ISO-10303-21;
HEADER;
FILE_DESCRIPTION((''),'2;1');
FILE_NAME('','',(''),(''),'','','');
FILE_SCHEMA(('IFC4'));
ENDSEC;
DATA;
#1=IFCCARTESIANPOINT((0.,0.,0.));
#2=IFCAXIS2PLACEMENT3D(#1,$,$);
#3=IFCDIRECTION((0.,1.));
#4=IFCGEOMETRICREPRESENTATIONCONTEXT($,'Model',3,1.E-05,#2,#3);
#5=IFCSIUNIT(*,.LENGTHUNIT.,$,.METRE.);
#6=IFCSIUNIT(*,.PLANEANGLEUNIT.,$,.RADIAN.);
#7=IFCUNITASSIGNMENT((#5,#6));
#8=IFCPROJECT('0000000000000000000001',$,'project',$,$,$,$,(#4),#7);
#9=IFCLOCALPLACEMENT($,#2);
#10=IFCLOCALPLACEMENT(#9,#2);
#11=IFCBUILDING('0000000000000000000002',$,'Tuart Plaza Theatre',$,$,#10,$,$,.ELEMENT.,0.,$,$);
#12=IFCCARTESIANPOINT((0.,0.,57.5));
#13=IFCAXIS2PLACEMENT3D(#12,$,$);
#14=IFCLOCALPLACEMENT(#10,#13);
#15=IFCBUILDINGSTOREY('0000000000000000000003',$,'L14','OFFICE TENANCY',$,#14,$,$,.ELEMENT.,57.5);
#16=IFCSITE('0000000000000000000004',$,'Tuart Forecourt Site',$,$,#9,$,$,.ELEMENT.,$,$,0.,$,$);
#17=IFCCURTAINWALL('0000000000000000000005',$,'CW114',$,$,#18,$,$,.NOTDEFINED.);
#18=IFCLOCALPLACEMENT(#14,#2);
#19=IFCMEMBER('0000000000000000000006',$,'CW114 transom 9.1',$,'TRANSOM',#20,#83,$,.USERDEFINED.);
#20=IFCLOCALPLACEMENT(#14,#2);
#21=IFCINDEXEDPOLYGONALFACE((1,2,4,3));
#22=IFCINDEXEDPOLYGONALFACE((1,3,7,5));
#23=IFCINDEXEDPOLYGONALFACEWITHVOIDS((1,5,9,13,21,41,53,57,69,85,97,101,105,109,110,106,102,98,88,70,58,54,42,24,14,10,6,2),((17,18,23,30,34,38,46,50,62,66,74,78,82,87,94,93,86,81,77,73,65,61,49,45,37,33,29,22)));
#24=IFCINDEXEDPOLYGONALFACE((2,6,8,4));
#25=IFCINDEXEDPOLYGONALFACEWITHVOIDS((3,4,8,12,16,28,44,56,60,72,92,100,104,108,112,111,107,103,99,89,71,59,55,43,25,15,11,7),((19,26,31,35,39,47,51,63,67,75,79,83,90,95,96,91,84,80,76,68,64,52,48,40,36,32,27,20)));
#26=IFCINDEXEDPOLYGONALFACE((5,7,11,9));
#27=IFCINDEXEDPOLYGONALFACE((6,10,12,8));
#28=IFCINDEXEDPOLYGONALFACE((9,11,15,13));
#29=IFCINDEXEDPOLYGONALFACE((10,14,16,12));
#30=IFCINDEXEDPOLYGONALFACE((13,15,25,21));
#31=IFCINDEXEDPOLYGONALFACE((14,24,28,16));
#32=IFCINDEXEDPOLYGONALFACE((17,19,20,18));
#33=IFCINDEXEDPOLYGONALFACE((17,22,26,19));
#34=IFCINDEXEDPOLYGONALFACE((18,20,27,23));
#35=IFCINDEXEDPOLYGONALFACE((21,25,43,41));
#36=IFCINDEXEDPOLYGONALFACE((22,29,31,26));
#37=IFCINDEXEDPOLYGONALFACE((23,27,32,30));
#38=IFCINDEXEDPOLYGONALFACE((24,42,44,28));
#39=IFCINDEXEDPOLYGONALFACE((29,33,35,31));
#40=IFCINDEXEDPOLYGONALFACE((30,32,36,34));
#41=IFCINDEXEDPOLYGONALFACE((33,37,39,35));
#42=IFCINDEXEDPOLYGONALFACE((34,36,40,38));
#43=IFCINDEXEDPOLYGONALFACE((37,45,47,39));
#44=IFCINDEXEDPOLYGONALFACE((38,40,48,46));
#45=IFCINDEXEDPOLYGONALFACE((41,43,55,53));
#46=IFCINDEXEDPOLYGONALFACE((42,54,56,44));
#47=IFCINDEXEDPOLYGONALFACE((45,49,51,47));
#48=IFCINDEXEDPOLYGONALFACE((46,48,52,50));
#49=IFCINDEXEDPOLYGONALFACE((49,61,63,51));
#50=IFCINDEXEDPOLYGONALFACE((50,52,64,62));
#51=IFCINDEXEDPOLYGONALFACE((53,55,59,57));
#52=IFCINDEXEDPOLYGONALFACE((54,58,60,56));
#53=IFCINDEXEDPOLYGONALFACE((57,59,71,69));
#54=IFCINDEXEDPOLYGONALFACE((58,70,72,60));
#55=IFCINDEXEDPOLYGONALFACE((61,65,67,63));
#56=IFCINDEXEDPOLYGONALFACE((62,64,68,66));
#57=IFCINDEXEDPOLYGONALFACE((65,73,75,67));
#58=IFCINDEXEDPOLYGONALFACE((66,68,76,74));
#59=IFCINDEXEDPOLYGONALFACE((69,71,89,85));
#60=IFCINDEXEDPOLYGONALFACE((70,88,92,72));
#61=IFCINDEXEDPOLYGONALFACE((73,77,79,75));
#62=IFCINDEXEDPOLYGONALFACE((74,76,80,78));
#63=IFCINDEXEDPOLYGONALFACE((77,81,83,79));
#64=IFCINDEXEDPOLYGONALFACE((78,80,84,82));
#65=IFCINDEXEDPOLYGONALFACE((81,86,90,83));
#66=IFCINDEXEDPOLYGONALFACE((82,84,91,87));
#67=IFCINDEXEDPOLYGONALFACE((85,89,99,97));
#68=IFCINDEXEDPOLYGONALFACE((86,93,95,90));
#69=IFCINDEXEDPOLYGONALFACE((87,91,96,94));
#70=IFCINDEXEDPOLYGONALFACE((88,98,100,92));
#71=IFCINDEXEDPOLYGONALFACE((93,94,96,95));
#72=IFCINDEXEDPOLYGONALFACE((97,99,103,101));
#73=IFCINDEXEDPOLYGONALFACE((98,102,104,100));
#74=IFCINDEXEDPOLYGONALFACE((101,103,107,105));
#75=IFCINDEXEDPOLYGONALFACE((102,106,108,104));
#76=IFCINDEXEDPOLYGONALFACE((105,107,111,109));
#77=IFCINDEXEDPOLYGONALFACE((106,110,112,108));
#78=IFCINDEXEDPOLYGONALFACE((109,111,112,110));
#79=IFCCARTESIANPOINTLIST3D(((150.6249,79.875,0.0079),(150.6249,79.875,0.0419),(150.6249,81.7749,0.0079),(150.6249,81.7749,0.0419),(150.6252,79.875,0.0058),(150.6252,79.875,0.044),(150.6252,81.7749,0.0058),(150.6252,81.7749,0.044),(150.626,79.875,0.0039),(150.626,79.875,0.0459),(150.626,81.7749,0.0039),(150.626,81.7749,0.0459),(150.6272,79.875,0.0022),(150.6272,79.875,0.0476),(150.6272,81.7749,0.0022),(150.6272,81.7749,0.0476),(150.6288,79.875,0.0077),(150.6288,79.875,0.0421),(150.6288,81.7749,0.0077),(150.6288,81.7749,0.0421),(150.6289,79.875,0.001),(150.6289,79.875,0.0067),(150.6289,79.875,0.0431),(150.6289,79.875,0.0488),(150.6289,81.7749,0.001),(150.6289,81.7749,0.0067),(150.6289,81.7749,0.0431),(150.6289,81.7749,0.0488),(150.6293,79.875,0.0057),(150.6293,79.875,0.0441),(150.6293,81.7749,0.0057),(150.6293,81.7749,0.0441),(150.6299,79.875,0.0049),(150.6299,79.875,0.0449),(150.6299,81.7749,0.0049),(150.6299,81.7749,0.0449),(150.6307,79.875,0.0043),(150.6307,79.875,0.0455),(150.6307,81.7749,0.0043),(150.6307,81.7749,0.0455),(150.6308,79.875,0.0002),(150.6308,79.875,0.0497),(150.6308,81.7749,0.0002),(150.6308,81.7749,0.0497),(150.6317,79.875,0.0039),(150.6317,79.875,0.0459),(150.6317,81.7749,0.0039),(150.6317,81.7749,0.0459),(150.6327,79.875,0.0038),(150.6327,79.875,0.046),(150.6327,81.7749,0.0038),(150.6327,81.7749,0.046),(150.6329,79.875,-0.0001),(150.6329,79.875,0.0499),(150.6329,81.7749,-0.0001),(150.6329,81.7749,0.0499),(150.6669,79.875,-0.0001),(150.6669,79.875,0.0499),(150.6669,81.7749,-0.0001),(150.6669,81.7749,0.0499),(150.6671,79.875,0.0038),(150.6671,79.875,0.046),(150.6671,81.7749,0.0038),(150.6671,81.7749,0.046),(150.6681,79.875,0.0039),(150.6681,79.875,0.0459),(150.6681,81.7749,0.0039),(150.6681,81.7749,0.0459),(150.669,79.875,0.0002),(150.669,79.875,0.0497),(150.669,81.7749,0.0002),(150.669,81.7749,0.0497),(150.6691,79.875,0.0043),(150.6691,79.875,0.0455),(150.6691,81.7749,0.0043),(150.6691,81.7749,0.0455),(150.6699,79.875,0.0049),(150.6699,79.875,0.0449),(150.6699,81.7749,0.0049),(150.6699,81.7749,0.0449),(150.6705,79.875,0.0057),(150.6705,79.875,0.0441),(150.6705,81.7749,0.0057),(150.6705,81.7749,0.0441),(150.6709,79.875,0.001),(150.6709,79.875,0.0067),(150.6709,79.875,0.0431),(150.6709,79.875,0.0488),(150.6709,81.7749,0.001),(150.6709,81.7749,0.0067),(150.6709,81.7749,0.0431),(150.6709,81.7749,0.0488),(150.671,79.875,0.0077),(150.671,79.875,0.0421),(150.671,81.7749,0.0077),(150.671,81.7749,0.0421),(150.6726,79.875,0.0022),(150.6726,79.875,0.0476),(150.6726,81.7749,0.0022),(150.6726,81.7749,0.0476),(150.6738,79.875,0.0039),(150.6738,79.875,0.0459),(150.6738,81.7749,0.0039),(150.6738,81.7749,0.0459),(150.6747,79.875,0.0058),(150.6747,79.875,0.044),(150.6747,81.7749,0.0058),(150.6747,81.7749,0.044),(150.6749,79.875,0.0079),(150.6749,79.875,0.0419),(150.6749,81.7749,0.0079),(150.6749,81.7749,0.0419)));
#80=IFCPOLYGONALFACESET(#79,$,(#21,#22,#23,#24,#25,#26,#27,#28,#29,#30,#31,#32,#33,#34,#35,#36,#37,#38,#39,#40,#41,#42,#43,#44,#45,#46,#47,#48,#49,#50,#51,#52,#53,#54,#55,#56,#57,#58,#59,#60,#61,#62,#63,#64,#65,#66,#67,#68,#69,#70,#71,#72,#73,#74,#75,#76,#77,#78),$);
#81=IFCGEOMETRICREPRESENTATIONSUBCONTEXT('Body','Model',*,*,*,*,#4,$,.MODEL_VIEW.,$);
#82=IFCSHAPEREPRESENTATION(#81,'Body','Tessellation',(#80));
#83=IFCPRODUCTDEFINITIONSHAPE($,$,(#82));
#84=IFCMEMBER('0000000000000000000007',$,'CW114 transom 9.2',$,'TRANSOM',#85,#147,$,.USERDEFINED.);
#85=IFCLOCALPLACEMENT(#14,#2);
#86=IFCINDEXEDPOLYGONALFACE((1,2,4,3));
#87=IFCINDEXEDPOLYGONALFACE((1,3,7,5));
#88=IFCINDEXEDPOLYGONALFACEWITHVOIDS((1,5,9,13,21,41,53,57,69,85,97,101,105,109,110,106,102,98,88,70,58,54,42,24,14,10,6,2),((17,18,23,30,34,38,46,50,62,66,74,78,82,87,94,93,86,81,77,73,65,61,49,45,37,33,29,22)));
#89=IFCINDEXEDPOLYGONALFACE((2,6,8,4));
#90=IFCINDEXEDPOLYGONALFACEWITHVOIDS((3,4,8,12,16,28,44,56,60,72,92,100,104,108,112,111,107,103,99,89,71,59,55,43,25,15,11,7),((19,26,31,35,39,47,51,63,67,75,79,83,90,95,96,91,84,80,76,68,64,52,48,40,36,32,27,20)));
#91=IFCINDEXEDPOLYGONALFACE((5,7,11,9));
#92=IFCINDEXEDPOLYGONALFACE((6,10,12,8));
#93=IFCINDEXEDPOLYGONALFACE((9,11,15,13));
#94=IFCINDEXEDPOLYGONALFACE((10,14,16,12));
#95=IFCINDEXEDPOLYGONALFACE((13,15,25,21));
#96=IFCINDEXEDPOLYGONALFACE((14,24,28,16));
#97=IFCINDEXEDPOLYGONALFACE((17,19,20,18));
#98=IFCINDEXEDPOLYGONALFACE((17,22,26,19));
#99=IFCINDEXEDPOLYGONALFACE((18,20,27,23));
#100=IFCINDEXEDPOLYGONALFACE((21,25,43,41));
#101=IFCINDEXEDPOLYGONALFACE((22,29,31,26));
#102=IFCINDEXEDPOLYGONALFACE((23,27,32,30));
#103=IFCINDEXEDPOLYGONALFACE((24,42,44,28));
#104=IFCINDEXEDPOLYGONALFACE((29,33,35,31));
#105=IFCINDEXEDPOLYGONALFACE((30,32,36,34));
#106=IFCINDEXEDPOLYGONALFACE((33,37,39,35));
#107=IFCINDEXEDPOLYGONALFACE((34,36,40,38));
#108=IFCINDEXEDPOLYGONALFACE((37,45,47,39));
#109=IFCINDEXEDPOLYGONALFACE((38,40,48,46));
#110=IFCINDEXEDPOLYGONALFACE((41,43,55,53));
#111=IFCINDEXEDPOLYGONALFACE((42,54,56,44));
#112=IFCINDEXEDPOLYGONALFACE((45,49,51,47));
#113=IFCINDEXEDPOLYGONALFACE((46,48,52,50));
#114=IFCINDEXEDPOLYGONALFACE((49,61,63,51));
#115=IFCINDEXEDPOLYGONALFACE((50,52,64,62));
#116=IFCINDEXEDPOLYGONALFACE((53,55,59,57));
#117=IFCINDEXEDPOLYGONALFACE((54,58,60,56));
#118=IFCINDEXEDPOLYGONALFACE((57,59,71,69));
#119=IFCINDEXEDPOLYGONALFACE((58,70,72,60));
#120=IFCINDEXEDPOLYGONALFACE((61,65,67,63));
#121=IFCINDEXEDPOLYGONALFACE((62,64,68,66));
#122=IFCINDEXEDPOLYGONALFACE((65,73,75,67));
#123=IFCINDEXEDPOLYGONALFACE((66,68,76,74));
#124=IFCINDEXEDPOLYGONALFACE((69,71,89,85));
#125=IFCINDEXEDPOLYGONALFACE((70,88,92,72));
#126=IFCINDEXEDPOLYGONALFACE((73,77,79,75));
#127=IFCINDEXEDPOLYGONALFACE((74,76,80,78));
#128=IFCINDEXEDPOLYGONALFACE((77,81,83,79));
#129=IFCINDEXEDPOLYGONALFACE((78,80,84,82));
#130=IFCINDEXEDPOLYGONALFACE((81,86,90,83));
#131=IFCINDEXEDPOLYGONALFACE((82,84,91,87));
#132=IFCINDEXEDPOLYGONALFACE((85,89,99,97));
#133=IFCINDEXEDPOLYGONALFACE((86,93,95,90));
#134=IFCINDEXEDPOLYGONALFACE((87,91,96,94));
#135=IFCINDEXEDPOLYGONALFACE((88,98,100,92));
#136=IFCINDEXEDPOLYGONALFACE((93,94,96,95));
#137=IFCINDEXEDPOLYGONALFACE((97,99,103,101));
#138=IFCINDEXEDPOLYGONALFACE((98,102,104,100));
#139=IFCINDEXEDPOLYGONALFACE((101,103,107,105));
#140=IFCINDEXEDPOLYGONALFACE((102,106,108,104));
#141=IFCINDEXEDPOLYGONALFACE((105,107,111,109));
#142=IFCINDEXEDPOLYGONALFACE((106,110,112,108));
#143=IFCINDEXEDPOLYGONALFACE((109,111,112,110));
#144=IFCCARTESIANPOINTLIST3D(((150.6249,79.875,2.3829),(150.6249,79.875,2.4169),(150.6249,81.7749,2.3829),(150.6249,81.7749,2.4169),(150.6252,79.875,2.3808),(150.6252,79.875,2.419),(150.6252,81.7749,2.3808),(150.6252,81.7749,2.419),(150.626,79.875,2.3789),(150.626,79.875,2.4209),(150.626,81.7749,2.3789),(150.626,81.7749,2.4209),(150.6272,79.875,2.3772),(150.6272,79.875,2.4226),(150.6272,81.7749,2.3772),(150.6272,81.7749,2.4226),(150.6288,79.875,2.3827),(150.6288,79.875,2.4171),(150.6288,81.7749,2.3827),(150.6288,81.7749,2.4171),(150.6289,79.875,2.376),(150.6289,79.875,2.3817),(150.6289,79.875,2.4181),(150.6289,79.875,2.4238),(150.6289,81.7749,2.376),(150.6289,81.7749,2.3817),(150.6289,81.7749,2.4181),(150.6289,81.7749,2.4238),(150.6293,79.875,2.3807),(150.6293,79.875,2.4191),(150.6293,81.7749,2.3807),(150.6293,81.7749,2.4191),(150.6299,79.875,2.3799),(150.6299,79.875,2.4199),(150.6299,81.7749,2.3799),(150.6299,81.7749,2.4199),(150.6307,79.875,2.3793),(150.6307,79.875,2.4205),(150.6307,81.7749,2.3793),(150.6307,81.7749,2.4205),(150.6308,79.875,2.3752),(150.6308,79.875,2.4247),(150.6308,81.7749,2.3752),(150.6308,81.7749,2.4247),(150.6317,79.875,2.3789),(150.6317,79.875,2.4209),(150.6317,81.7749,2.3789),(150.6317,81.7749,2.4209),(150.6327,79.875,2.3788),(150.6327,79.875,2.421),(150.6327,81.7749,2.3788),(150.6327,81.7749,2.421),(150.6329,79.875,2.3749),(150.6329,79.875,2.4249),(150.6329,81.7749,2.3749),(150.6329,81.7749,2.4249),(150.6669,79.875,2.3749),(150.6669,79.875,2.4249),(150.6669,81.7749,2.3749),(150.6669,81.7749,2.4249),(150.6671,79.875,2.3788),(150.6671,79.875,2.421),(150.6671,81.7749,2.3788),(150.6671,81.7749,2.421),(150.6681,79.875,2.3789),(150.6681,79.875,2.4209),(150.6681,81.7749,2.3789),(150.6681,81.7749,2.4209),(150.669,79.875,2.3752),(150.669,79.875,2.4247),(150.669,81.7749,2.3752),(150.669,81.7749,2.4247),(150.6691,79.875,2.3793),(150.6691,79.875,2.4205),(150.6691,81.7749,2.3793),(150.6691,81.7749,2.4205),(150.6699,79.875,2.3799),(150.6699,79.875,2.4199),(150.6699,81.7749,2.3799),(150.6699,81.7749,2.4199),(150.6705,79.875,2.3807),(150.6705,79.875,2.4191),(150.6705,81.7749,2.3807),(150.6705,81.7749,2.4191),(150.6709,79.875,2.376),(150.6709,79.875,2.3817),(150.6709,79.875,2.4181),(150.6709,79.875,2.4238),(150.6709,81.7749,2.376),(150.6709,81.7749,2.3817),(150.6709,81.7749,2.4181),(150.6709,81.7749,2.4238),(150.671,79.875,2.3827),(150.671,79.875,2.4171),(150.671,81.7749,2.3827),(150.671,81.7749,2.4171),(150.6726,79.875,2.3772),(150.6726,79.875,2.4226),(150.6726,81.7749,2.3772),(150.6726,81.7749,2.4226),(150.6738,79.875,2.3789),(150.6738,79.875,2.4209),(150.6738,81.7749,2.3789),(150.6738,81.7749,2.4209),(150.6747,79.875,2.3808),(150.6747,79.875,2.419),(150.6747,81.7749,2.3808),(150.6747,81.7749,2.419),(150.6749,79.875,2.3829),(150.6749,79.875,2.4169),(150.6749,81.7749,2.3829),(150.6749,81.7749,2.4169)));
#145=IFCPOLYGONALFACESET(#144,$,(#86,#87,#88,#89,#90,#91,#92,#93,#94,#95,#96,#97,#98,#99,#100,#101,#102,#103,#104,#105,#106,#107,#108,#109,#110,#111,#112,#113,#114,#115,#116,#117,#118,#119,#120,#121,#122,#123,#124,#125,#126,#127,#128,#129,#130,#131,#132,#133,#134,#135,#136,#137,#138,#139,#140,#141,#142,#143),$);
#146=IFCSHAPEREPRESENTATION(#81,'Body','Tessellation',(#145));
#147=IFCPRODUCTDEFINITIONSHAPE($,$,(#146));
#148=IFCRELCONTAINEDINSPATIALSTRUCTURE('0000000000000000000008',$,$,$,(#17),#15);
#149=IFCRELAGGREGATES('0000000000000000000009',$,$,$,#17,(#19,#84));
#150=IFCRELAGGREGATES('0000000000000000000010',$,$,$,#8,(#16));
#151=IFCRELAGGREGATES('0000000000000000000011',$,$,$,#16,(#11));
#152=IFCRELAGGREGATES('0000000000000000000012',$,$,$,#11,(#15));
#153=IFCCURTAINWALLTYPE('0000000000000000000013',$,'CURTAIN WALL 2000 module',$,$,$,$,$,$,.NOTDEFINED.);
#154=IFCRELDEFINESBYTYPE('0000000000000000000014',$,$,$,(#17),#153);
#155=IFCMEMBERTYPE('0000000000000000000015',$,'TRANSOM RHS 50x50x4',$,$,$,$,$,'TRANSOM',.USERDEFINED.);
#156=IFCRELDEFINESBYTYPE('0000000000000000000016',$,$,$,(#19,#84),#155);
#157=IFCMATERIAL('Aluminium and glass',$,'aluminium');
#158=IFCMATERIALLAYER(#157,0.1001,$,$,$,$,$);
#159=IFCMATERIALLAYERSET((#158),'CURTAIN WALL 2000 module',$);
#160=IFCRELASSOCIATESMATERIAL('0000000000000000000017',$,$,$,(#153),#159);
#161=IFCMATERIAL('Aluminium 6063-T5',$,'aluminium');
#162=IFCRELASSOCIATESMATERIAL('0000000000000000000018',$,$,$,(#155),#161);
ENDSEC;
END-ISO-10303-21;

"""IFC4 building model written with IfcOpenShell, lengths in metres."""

from ifc_helpers import new_model, si_unit, direction, frame, origin, origin_2d, place, context, subcontext, project, spatial, hollow_rectangle, extrude, material, layer, layer_set, material_profile, profile_set, type_object, element, aggregate, save


model = new_model("IFC4")

# Units and contexts
model_context = context("Model", 3, precision=1e-05, world=origin(), true_north=direction((0.0, 1.0)))
body_context = subcontext(model_context, "Body", "Model", "MODEL_VIEW")
ifc_project = project(units=[si_unit("LENGTHUNIT", "METRE"), si_unit("PLANEANGLEUNIT", "RADIAN")], contexts=[model_context])

# Site, building, storey
site_placement = place(None, origin())
site = spatial("IfcSite", under=ifc_project, at=site_placement, Name="Tuart Forecourt Site", CompositionType="ELEMENT", RefElevation=0.0)
building_placement = place(site_placement, origin())
building = spatial("IfcBuilding", under=site, at=building_placement, Name="Tuart Plaza Theatre", CompositionType="ELEMENT", ElevationOfRefHeight=0.0)
storey_placement = place(building_placement, frame((0.0, 0.0, 57.5)))
storey = spatial("IfcBuildingStorey", under=building, at=storey_placement, Name="L14", Description="OFFICE TENANCY", CompositionType="ELEMENT", Elevation=57.5)

# Curtain wall, members
ifc_material_1 = material(Name="Aluminium and glass", Category="aluminium")
ifc_layer_1 = layer(ifc_material_1, 0.1001)
ifc_layer_set_1 = layer_set([ifc_layer_1], Name="CURTAIN WALL 2000 module")
curtain_wall_type = type_object("IfcCurtainWallType", Name="CURTAIN WALL 2000 module", PredefinedType="NOTDEFINED", material=ifc_layer_set_1)
curtain_wall_placement = place(storey_placement, origin())
curtain_wall = element("IfcCurtainWall", 1, at=curtain_wall_placement, inside=storey, type_object=curtain_wall_type, Name="CW114", PredefinedType="NOTDEFINED")
ifc_material_2 = material(Name="Aluminium 6063-T5", Category="aluminium")
ifc_material_profile_1 = material_profile(ifc_material_2, hollow_rectangle(XDim=0.05, YDim=0.05, WallThickness=0.0039, InnerFilletRadius=0.0039, OuterFilletRadius=0.0081, at=origin_2d()), Name="RHS 50x50x4")
ifc_profile_set_1 = profile_set([ifc_material_profile_1], Name="Aluminium 6063-T5")
member_type_1 = type_object("IfcMemberType", Name="TRANSOM RHS 50x50x4", ElementType="TRANSOM", PredefinedType="USERDEFINED", material=ifc_profile_set_1)
member_1_placement = place(storey_placement, frame((150.6499, 79.875, 0.0249), z_axis=(0.0, 1.0, 0.0), x_axis=(-1.0, 0.0, 0.0)))
member_1 = element("IfcMember", 2, at=member_1_placement, type_object=member_type_1, Name="CW114 transom 9.1", ObjectType="TRANSOM", PredefinedType="USERDEFINED", context=body_context, shape_type="SweptSolid", body=[
    extrude(hollow_rectangle(XDim=0.05, YDim=0.05, WallThickness=0.0039, InnerFilletRadius=0.0039, OuterFilletRadius=0.0081, at=origin_2d()), origin(), (0.0, 0.0, 1.0), 1.8999),
])
member_2_placement = place(storey_placement, frame((150.6499, 79.875, 2.3999), z_axis=(0.0, 1.0, 0.0), x_axis=(-1.0, 0.0, 0.0)))
member_2 = element("IfcMember", 3, at=member_2_placement, type_object=member_type_1, Name="CW114 transom 9.2", ObjectType="TRANSOM", PredefinedType="USERDEFINED", context=body_context, shape_type="SweptSolid", body=[
    extrude(hollow_rectangle(XDim=0.05, YDim=0.05, WallThickness=0.0039, InnerFilletRadius=0.0039, OuterFilletRadius=0.0081, at=origin_2d()), origin(), (0.0, 0.0, 1.0), 1.8999),
])
aggregate(curtain_wall, [member_1, member_2])

save(model, "model.ifc")
